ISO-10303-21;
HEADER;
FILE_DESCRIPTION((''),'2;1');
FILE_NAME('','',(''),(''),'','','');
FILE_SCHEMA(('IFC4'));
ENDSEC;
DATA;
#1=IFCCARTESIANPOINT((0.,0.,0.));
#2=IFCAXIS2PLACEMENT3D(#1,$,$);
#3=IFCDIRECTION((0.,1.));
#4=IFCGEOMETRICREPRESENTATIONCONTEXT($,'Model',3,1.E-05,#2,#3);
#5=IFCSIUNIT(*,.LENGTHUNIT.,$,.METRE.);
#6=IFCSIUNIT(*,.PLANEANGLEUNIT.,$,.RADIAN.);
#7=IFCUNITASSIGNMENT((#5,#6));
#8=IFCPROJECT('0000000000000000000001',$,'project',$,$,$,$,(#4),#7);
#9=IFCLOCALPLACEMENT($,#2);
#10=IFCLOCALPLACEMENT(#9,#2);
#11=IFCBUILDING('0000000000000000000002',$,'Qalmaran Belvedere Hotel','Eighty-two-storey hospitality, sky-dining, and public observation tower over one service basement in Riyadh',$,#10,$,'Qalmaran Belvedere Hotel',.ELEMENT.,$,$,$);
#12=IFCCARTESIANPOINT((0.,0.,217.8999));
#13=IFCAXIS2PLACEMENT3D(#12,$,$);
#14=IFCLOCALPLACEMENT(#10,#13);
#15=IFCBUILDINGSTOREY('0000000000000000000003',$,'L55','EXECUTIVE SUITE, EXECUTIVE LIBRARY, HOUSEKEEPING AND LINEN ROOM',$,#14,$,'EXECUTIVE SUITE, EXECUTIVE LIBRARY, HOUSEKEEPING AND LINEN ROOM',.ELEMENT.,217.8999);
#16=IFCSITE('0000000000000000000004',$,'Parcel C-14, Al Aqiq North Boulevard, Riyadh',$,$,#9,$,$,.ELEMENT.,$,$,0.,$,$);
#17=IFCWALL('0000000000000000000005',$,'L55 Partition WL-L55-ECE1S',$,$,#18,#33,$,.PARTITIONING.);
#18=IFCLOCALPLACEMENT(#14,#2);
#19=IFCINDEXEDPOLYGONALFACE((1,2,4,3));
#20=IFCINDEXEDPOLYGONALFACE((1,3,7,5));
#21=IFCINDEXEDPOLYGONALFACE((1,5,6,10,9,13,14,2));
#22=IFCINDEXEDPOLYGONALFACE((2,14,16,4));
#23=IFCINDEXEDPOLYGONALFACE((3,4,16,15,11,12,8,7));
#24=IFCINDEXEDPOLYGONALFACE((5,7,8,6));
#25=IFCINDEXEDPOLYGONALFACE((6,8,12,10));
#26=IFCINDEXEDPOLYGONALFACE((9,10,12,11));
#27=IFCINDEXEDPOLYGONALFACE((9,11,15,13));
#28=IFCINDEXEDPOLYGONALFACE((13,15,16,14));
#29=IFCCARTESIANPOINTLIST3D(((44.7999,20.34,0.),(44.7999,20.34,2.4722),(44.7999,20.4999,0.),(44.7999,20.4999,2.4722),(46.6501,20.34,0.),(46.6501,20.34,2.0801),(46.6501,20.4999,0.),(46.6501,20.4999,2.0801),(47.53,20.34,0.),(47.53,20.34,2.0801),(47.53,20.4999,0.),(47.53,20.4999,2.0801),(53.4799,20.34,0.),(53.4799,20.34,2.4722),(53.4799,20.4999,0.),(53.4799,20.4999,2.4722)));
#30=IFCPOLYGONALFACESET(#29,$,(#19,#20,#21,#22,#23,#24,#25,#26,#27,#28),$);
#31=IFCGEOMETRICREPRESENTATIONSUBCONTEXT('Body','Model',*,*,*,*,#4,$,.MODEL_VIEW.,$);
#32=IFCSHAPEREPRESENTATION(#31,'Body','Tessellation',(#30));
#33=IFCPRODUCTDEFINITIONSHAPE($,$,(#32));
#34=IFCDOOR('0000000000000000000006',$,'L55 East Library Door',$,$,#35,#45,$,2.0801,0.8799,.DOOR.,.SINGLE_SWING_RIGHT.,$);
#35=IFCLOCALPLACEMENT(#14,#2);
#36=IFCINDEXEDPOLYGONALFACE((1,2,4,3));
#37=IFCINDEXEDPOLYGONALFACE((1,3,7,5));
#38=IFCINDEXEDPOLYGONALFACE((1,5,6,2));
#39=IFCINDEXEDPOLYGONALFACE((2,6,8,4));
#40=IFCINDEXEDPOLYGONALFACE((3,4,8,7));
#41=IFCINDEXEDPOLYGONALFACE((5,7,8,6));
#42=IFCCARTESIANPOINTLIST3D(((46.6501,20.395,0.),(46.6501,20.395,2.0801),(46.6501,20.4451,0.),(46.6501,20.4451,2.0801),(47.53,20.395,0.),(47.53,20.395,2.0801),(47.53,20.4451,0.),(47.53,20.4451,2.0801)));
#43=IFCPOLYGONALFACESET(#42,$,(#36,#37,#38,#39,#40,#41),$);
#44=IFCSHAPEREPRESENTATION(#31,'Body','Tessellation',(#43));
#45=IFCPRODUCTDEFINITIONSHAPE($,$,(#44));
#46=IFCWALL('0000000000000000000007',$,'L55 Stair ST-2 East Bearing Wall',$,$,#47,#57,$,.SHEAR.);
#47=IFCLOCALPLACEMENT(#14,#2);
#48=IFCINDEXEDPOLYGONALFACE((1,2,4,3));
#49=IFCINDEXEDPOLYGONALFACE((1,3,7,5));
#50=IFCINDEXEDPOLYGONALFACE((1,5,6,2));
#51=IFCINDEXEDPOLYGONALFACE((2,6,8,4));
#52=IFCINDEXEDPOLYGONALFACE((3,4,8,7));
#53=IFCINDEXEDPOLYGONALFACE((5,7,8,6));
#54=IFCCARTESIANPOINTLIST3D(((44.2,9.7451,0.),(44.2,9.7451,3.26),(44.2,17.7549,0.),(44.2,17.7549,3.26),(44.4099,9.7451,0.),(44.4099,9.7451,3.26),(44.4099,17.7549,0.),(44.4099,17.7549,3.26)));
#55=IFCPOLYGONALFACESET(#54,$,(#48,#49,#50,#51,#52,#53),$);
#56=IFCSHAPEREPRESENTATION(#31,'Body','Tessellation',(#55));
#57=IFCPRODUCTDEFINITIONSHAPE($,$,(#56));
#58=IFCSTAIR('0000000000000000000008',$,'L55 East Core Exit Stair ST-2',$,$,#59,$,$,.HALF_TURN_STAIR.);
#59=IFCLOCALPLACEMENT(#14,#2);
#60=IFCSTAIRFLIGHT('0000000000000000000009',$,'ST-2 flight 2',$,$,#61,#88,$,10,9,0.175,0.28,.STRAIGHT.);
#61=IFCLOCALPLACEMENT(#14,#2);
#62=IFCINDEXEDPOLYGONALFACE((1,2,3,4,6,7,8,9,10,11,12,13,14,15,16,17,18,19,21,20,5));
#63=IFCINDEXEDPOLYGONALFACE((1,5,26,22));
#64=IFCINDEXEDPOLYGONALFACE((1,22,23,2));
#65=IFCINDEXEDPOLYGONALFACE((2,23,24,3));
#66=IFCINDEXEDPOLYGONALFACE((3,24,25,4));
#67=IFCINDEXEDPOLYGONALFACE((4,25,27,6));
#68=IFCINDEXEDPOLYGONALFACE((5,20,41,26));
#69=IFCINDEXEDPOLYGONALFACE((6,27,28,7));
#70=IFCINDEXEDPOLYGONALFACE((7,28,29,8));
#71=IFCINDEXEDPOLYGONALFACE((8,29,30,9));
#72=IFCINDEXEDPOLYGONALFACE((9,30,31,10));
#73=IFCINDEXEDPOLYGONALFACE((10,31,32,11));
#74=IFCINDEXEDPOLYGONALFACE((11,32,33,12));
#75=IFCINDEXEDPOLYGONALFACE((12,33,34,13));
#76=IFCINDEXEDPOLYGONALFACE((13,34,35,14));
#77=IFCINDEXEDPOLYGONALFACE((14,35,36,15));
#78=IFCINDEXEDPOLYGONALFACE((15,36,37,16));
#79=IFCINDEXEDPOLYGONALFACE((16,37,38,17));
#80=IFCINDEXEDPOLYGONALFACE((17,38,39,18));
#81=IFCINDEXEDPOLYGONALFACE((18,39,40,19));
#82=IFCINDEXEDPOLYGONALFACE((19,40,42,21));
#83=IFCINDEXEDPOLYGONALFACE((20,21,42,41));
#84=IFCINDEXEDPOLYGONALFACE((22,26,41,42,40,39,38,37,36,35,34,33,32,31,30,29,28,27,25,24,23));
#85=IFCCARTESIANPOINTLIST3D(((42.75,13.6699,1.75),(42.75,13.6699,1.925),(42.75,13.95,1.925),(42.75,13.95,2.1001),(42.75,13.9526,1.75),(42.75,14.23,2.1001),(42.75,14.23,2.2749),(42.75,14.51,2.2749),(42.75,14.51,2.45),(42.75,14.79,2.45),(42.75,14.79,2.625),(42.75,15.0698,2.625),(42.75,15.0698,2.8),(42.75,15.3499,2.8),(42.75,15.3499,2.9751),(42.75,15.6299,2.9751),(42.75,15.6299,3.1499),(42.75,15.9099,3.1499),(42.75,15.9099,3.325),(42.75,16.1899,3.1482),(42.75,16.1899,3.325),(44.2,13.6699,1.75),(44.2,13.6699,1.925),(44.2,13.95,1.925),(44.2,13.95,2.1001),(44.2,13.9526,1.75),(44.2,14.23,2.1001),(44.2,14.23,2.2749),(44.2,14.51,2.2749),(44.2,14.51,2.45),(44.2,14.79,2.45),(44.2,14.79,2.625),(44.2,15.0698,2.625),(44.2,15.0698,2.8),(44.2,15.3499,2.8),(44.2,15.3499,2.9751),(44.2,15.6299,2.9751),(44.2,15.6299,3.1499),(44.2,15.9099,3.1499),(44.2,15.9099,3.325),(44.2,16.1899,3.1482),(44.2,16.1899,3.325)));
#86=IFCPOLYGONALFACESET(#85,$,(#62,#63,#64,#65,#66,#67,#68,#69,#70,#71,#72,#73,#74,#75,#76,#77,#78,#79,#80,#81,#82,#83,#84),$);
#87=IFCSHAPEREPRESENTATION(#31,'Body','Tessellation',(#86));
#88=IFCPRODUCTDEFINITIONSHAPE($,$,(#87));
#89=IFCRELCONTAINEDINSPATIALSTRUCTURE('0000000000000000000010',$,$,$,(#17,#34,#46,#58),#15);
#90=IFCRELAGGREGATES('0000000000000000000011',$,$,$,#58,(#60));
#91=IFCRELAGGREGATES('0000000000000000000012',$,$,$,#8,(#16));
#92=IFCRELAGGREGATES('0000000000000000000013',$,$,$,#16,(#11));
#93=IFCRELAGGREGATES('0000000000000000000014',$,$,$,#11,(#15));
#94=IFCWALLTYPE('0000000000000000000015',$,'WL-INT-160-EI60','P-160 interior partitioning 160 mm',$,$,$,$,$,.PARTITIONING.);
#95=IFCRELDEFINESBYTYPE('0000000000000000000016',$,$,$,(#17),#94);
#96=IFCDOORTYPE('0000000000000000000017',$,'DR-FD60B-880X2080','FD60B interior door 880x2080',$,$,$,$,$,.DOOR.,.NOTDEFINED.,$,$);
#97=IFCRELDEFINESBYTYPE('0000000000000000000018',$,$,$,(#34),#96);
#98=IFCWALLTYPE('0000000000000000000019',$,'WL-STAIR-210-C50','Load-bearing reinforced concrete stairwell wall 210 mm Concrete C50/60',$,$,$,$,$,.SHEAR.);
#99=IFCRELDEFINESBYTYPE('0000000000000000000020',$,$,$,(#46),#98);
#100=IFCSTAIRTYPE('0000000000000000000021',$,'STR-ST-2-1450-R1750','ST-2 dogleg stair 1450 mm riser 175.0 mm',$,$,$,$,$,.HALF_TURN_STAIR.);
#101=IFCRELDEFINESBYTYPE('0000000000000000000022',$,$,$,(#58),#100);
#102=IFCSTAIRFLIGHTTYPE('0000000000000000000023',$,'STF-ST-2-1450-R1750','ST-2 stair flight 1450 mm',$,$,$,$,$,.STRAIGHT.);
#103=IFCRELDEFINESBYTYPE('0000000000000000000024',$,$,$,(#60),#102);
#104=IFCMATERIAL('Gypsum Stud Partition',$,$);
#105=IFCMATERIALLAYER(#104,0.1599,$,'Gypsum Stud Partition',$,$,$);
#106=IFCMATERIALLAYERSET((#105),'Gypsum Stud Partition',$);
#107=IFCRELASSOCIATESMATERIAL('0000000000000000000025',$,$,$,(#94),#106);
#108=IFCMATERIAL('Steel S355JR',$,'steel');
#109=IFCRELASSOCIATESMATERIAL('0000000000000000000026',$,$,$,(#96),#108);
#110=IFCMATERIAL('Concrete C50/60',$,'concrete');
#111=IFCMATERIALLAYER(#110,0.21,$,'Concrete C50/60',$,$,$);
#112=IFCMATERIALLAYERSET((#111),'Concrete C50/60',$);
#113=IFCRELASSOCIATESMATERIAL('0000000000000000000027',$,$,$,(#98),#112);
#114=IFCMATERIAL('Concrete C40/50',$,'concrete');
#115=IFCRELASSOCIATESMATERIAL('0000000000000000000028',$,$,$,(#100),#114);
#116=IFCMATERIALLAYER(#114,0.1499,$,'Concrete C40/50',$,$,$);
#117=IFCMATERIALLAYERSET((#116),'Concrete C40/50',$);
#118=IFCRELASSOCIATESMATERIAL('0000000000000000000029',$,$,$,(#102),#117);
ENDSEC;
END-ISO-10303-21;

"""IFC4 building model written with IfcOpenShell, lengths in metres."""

from ifc_helpers import new_model, si_unit, direction, frame, frame_2d, origin, place, context, subcontext, project, spatial, polyline, rectangle, outline, extrude, material, layer, layer_set, type_object, element, fill, aggregate, save


model = new_model("IFC4")

# Units and contexts
model_context = context("Model", 3, precision=1e-05, world=origin(), true_north=direction((0.0, 1.0)))
body_context = subcontext(model_context, "Body", "Model", "MODEL_VIEW")
ifc_project = project(units=[si_unit("LENGTHUNIT", "METRE"), si_unit("PLANEANGLEUNIT", "RADIAN")], contexts=[model_context])

# Site, building, storey
site_placement = place(None, origin())
site = spatial("IfcSite", under=ifc_project, at=site_placement, Name="Parcel C-14, Al Aqiq North Boulevard, Riyadh", CompositionType="ELEMENT", RefElevation=0.0)
building_placement = place(site_placement, origin())
building = spatial("IfcBuilding", under=site, at=building_placement, Name="Qalmaran Belvedere Hotel", Description="Eighty-two-storey hospitality, sky-dining, and public observation tower over one service basement in Riyadh", LongName="Qalmaran Belvedere Hotel", CompositionType="ELEMENT")
storey_placement = place(building_placement, frame((0.0, 0.0, 217.8999)))
storey = spatial("IfcBuildingStorey", under=building, at=storey_placement, Name="L55", Description="EXECUTIVE SUITE, EXECUTIVE LIBRARY, HOUSEKEEPING AND LINEN ROOM", LongName="EXECUTIVE SUITE, EXECUTIVE LIBRARY, HOUSEKEEPING AND LINEN ROOM", CompositionType="ELEMENT", Elevation=217.8999)

# Shared definitions
ifc_material_1 = material(Name="Concrete C50/60", Category="concrete")

# Shared definitions
ifc_material_2 = material(Name="Steel S355JR", Category="steel")

# Wall, opening, door
ifc_material_3 = material(Name="Gypsum Stud Partition")
ifc_layer_1 = layer(ifc_material_3, 0.1599, Name="Gypsum Stud Partition")
ifc_layer_set_1 = layer_set([ifc_layer_1], Name="Gypsum Stud Partition")
wall_type_1 = type_object("IfcWallType", Name="WL-INT-160-EI60", Description="P-160 interior partitioning 160 mm", PredefinedType="PARTITIONING", material=ifc_layer_set_1)
wall_1_placement = place(storey_placement, frame((44.8, 20.4199, 0.0), z_axis=(0.0, 0.0, 1.0), x_axis=(1.0, 0.0, 0.0)))
wall_1 = element("IfcWall", 1, at=wall_1_placement, inside=storey, type_object=wall_type_1, Name="L55 Partition WL-L55-ECE1S", PredefinedType="PARTITIONING", context=body_context, shape_type="SweptSolid", body=[
    extrude(rectangle(XDim=8.6799, YDim=0.1599, at=frame_2d((4.3398, 0.0))), origin(), (0.0, 0.0, 1.0), 2.4722),
])
opening_placement = place(wall_1_placement, frame((2.73, 0.0, 0.0), z_axis=(0.0, 0.0, 1.0), x_axis=(-1.0, 0.0, 0.0)))
opening = element("IfcOpeningElement", 2, at=opening_placement, cuts=wall_1, PredefinedType="OPENING", context=body_context, shape_type="SweptSolid", body=[
    extrude(rectangle(XDim=0.8799, YDim=2.0801, at=frame_2d((0.4399, 1.04))), frame((0.0, 0.0898, 0.0), z_axis=(0.0, -1.0, 0.0), x_axis=(1.0, 0.0, 0.0)), (0.0, 0.0, 1.0), 0.1799),
])
door_type = type_object("IfcDoorType", Name="DR-FD60B-880X2080", Description="FD60B interior door 880x2080", OperationType="NOTDEFINED", PredefinedType="DOOR", material=ifc_material_2)
door_placement = place(opening_placement, origin())
door = element("IfcDoor", 3, at=door_placement, inside=storey, type_object=door_type, Name="L55 East Library Door", OperationType="SINGLE_SWING_RIGHT", OverallHeight=2.0801, OverallWidth=0.8799, PredefinedType="DOOR", context=body_context, shape_type="SweptSolid", body=[
    extrude(rectangle(XDim=0.8799, YDim=2.0801, at=frame_2d((0.4399, 1.04))), frame((0.0, 0.0249, 0.0), z_axis=(0.0, -1.0, 0.0), x_axis=(1.0, 0.0, 0.0)), (0.0, 0.0, 1.0), 0.05),
])
fill(opening, door)

# Wall
ifc_layer_2 = layer(ifc_material_1, 0.21, Name="Concrete C50/60")
ifc_layer_set_2 = layer_set([ifc_layer_2], Name="Concrete C50/60")
wall_type_2 = type_object("IfcWallType", Name="WL-STAIR-210-C50", Description="Load-bearing reinforced concrete stairwell wall 210 mm Concrete C50/60", PredefinedType="SHEAR", material=ifc_layer_set_2)
wall_2_placement = place(storey_placement, frame((44.3049, 9.7451, 0.0), z_axis=(0.0, 0.0, 1.0), x_axis=(0.0, 1.0, 0.0)))
element("IfcWall", 4, at=wall_2_placement, inside=storey, type_object=wall_type_2, Name="L55 Stair ST-2 East Bearing Wall", PredefinedType="SHEAR", context=body_context, shape_type="SweptSolid", body=[
    extrude(rectangle(XDim=8.0098, YDim=0.21, at=frame_2d((4.0049, 0.0))), origin(), (0.0, 0.0, 1.0), 3.26),
])

# Stair, stair flight
ifc_material_4 = material(Name="Concrete C40/50", Category="concrete")
stair_type = type_object("IfcStairType", Name="STR-ST-2-1450-R1750", Description="ST-2 dogleg stair 1450 mm riser 175.0 mm", PredefinedType="HALF_TURN_STAIR", material=ifc_material_4)
stair_placement = place(storey_placement, origin())
stair = element("IfcStair", 5, at=stair_placement, inside=storey, type_object=stair_type, Name="L55 East Core Exit Stair ST-2", PredefinedType="HALF_TURN_STAIR")
ifc_layer_3 = layer(ifc_material_4, 0.1499, Name="Concrete C40/50")
ifc_layer_set_3 = layer_set([ifc_layer_3], Name="Concrete C40/50")
stair_flight_type = type_object("IfcStairFlightType", Name="STF-ST-2-1450-R1750", Description="ST-2 stair flight 1450 mm", PredefinedType="STRAIGHT", material=ifc_layer_set_3)
stair_flight_placement = place(storey_placement, frame((43.4751, 13.6699, 1.75), z_axis=(0.0, 0.0, 1.0), x_axis=(0.0, 1.0, 0.0)))
stair_flight = element("IfcStairFlight", 6, at=stair_flight_placement, type_object=stair_flight_type, Name="ST-2 flight 2", NumberOfRisers=10, NumberOfTreads=9, PredefinedType="STRAIGHT", RiserHeight=0.175, TreadLength=0.28, context=body_context, shape_type="SweptSolid", body=[
    extrude(outline(polyline([(0.0, 0.0), (0.0, 0.175), (0.28, 0.175), (0.28, 0.3501), (0.5601, 0.3501), (0.5601, 0.5249), (0.8401, 0.5249), (0.8401, 0.7), (1.1201, 0.7), (1.1201, 0.875), (1.3999, 0.875), (1.3999, 1.05), (1.6799, 1.05), (1.6799, 1.2251), (1.96, 1.2251), (1.96, 1.3999), (2.24, 1.3999), (2.24, 1.575), (2.52, 1.575), (2.52, 1.75), (2.52, 1.3982), (0.2827, 0.0), (0.0, 0.0)])), frame((0.0, 0.7251, 0.0), z_axis=(0.0, -1.0, 0.0), x_axis=(1.0, 0.0, 0.0)), (0.0, 0.0, 1.0), 1.45),
])
aggregate(stair, [stair_flight])

save(model, "model.ifc")
